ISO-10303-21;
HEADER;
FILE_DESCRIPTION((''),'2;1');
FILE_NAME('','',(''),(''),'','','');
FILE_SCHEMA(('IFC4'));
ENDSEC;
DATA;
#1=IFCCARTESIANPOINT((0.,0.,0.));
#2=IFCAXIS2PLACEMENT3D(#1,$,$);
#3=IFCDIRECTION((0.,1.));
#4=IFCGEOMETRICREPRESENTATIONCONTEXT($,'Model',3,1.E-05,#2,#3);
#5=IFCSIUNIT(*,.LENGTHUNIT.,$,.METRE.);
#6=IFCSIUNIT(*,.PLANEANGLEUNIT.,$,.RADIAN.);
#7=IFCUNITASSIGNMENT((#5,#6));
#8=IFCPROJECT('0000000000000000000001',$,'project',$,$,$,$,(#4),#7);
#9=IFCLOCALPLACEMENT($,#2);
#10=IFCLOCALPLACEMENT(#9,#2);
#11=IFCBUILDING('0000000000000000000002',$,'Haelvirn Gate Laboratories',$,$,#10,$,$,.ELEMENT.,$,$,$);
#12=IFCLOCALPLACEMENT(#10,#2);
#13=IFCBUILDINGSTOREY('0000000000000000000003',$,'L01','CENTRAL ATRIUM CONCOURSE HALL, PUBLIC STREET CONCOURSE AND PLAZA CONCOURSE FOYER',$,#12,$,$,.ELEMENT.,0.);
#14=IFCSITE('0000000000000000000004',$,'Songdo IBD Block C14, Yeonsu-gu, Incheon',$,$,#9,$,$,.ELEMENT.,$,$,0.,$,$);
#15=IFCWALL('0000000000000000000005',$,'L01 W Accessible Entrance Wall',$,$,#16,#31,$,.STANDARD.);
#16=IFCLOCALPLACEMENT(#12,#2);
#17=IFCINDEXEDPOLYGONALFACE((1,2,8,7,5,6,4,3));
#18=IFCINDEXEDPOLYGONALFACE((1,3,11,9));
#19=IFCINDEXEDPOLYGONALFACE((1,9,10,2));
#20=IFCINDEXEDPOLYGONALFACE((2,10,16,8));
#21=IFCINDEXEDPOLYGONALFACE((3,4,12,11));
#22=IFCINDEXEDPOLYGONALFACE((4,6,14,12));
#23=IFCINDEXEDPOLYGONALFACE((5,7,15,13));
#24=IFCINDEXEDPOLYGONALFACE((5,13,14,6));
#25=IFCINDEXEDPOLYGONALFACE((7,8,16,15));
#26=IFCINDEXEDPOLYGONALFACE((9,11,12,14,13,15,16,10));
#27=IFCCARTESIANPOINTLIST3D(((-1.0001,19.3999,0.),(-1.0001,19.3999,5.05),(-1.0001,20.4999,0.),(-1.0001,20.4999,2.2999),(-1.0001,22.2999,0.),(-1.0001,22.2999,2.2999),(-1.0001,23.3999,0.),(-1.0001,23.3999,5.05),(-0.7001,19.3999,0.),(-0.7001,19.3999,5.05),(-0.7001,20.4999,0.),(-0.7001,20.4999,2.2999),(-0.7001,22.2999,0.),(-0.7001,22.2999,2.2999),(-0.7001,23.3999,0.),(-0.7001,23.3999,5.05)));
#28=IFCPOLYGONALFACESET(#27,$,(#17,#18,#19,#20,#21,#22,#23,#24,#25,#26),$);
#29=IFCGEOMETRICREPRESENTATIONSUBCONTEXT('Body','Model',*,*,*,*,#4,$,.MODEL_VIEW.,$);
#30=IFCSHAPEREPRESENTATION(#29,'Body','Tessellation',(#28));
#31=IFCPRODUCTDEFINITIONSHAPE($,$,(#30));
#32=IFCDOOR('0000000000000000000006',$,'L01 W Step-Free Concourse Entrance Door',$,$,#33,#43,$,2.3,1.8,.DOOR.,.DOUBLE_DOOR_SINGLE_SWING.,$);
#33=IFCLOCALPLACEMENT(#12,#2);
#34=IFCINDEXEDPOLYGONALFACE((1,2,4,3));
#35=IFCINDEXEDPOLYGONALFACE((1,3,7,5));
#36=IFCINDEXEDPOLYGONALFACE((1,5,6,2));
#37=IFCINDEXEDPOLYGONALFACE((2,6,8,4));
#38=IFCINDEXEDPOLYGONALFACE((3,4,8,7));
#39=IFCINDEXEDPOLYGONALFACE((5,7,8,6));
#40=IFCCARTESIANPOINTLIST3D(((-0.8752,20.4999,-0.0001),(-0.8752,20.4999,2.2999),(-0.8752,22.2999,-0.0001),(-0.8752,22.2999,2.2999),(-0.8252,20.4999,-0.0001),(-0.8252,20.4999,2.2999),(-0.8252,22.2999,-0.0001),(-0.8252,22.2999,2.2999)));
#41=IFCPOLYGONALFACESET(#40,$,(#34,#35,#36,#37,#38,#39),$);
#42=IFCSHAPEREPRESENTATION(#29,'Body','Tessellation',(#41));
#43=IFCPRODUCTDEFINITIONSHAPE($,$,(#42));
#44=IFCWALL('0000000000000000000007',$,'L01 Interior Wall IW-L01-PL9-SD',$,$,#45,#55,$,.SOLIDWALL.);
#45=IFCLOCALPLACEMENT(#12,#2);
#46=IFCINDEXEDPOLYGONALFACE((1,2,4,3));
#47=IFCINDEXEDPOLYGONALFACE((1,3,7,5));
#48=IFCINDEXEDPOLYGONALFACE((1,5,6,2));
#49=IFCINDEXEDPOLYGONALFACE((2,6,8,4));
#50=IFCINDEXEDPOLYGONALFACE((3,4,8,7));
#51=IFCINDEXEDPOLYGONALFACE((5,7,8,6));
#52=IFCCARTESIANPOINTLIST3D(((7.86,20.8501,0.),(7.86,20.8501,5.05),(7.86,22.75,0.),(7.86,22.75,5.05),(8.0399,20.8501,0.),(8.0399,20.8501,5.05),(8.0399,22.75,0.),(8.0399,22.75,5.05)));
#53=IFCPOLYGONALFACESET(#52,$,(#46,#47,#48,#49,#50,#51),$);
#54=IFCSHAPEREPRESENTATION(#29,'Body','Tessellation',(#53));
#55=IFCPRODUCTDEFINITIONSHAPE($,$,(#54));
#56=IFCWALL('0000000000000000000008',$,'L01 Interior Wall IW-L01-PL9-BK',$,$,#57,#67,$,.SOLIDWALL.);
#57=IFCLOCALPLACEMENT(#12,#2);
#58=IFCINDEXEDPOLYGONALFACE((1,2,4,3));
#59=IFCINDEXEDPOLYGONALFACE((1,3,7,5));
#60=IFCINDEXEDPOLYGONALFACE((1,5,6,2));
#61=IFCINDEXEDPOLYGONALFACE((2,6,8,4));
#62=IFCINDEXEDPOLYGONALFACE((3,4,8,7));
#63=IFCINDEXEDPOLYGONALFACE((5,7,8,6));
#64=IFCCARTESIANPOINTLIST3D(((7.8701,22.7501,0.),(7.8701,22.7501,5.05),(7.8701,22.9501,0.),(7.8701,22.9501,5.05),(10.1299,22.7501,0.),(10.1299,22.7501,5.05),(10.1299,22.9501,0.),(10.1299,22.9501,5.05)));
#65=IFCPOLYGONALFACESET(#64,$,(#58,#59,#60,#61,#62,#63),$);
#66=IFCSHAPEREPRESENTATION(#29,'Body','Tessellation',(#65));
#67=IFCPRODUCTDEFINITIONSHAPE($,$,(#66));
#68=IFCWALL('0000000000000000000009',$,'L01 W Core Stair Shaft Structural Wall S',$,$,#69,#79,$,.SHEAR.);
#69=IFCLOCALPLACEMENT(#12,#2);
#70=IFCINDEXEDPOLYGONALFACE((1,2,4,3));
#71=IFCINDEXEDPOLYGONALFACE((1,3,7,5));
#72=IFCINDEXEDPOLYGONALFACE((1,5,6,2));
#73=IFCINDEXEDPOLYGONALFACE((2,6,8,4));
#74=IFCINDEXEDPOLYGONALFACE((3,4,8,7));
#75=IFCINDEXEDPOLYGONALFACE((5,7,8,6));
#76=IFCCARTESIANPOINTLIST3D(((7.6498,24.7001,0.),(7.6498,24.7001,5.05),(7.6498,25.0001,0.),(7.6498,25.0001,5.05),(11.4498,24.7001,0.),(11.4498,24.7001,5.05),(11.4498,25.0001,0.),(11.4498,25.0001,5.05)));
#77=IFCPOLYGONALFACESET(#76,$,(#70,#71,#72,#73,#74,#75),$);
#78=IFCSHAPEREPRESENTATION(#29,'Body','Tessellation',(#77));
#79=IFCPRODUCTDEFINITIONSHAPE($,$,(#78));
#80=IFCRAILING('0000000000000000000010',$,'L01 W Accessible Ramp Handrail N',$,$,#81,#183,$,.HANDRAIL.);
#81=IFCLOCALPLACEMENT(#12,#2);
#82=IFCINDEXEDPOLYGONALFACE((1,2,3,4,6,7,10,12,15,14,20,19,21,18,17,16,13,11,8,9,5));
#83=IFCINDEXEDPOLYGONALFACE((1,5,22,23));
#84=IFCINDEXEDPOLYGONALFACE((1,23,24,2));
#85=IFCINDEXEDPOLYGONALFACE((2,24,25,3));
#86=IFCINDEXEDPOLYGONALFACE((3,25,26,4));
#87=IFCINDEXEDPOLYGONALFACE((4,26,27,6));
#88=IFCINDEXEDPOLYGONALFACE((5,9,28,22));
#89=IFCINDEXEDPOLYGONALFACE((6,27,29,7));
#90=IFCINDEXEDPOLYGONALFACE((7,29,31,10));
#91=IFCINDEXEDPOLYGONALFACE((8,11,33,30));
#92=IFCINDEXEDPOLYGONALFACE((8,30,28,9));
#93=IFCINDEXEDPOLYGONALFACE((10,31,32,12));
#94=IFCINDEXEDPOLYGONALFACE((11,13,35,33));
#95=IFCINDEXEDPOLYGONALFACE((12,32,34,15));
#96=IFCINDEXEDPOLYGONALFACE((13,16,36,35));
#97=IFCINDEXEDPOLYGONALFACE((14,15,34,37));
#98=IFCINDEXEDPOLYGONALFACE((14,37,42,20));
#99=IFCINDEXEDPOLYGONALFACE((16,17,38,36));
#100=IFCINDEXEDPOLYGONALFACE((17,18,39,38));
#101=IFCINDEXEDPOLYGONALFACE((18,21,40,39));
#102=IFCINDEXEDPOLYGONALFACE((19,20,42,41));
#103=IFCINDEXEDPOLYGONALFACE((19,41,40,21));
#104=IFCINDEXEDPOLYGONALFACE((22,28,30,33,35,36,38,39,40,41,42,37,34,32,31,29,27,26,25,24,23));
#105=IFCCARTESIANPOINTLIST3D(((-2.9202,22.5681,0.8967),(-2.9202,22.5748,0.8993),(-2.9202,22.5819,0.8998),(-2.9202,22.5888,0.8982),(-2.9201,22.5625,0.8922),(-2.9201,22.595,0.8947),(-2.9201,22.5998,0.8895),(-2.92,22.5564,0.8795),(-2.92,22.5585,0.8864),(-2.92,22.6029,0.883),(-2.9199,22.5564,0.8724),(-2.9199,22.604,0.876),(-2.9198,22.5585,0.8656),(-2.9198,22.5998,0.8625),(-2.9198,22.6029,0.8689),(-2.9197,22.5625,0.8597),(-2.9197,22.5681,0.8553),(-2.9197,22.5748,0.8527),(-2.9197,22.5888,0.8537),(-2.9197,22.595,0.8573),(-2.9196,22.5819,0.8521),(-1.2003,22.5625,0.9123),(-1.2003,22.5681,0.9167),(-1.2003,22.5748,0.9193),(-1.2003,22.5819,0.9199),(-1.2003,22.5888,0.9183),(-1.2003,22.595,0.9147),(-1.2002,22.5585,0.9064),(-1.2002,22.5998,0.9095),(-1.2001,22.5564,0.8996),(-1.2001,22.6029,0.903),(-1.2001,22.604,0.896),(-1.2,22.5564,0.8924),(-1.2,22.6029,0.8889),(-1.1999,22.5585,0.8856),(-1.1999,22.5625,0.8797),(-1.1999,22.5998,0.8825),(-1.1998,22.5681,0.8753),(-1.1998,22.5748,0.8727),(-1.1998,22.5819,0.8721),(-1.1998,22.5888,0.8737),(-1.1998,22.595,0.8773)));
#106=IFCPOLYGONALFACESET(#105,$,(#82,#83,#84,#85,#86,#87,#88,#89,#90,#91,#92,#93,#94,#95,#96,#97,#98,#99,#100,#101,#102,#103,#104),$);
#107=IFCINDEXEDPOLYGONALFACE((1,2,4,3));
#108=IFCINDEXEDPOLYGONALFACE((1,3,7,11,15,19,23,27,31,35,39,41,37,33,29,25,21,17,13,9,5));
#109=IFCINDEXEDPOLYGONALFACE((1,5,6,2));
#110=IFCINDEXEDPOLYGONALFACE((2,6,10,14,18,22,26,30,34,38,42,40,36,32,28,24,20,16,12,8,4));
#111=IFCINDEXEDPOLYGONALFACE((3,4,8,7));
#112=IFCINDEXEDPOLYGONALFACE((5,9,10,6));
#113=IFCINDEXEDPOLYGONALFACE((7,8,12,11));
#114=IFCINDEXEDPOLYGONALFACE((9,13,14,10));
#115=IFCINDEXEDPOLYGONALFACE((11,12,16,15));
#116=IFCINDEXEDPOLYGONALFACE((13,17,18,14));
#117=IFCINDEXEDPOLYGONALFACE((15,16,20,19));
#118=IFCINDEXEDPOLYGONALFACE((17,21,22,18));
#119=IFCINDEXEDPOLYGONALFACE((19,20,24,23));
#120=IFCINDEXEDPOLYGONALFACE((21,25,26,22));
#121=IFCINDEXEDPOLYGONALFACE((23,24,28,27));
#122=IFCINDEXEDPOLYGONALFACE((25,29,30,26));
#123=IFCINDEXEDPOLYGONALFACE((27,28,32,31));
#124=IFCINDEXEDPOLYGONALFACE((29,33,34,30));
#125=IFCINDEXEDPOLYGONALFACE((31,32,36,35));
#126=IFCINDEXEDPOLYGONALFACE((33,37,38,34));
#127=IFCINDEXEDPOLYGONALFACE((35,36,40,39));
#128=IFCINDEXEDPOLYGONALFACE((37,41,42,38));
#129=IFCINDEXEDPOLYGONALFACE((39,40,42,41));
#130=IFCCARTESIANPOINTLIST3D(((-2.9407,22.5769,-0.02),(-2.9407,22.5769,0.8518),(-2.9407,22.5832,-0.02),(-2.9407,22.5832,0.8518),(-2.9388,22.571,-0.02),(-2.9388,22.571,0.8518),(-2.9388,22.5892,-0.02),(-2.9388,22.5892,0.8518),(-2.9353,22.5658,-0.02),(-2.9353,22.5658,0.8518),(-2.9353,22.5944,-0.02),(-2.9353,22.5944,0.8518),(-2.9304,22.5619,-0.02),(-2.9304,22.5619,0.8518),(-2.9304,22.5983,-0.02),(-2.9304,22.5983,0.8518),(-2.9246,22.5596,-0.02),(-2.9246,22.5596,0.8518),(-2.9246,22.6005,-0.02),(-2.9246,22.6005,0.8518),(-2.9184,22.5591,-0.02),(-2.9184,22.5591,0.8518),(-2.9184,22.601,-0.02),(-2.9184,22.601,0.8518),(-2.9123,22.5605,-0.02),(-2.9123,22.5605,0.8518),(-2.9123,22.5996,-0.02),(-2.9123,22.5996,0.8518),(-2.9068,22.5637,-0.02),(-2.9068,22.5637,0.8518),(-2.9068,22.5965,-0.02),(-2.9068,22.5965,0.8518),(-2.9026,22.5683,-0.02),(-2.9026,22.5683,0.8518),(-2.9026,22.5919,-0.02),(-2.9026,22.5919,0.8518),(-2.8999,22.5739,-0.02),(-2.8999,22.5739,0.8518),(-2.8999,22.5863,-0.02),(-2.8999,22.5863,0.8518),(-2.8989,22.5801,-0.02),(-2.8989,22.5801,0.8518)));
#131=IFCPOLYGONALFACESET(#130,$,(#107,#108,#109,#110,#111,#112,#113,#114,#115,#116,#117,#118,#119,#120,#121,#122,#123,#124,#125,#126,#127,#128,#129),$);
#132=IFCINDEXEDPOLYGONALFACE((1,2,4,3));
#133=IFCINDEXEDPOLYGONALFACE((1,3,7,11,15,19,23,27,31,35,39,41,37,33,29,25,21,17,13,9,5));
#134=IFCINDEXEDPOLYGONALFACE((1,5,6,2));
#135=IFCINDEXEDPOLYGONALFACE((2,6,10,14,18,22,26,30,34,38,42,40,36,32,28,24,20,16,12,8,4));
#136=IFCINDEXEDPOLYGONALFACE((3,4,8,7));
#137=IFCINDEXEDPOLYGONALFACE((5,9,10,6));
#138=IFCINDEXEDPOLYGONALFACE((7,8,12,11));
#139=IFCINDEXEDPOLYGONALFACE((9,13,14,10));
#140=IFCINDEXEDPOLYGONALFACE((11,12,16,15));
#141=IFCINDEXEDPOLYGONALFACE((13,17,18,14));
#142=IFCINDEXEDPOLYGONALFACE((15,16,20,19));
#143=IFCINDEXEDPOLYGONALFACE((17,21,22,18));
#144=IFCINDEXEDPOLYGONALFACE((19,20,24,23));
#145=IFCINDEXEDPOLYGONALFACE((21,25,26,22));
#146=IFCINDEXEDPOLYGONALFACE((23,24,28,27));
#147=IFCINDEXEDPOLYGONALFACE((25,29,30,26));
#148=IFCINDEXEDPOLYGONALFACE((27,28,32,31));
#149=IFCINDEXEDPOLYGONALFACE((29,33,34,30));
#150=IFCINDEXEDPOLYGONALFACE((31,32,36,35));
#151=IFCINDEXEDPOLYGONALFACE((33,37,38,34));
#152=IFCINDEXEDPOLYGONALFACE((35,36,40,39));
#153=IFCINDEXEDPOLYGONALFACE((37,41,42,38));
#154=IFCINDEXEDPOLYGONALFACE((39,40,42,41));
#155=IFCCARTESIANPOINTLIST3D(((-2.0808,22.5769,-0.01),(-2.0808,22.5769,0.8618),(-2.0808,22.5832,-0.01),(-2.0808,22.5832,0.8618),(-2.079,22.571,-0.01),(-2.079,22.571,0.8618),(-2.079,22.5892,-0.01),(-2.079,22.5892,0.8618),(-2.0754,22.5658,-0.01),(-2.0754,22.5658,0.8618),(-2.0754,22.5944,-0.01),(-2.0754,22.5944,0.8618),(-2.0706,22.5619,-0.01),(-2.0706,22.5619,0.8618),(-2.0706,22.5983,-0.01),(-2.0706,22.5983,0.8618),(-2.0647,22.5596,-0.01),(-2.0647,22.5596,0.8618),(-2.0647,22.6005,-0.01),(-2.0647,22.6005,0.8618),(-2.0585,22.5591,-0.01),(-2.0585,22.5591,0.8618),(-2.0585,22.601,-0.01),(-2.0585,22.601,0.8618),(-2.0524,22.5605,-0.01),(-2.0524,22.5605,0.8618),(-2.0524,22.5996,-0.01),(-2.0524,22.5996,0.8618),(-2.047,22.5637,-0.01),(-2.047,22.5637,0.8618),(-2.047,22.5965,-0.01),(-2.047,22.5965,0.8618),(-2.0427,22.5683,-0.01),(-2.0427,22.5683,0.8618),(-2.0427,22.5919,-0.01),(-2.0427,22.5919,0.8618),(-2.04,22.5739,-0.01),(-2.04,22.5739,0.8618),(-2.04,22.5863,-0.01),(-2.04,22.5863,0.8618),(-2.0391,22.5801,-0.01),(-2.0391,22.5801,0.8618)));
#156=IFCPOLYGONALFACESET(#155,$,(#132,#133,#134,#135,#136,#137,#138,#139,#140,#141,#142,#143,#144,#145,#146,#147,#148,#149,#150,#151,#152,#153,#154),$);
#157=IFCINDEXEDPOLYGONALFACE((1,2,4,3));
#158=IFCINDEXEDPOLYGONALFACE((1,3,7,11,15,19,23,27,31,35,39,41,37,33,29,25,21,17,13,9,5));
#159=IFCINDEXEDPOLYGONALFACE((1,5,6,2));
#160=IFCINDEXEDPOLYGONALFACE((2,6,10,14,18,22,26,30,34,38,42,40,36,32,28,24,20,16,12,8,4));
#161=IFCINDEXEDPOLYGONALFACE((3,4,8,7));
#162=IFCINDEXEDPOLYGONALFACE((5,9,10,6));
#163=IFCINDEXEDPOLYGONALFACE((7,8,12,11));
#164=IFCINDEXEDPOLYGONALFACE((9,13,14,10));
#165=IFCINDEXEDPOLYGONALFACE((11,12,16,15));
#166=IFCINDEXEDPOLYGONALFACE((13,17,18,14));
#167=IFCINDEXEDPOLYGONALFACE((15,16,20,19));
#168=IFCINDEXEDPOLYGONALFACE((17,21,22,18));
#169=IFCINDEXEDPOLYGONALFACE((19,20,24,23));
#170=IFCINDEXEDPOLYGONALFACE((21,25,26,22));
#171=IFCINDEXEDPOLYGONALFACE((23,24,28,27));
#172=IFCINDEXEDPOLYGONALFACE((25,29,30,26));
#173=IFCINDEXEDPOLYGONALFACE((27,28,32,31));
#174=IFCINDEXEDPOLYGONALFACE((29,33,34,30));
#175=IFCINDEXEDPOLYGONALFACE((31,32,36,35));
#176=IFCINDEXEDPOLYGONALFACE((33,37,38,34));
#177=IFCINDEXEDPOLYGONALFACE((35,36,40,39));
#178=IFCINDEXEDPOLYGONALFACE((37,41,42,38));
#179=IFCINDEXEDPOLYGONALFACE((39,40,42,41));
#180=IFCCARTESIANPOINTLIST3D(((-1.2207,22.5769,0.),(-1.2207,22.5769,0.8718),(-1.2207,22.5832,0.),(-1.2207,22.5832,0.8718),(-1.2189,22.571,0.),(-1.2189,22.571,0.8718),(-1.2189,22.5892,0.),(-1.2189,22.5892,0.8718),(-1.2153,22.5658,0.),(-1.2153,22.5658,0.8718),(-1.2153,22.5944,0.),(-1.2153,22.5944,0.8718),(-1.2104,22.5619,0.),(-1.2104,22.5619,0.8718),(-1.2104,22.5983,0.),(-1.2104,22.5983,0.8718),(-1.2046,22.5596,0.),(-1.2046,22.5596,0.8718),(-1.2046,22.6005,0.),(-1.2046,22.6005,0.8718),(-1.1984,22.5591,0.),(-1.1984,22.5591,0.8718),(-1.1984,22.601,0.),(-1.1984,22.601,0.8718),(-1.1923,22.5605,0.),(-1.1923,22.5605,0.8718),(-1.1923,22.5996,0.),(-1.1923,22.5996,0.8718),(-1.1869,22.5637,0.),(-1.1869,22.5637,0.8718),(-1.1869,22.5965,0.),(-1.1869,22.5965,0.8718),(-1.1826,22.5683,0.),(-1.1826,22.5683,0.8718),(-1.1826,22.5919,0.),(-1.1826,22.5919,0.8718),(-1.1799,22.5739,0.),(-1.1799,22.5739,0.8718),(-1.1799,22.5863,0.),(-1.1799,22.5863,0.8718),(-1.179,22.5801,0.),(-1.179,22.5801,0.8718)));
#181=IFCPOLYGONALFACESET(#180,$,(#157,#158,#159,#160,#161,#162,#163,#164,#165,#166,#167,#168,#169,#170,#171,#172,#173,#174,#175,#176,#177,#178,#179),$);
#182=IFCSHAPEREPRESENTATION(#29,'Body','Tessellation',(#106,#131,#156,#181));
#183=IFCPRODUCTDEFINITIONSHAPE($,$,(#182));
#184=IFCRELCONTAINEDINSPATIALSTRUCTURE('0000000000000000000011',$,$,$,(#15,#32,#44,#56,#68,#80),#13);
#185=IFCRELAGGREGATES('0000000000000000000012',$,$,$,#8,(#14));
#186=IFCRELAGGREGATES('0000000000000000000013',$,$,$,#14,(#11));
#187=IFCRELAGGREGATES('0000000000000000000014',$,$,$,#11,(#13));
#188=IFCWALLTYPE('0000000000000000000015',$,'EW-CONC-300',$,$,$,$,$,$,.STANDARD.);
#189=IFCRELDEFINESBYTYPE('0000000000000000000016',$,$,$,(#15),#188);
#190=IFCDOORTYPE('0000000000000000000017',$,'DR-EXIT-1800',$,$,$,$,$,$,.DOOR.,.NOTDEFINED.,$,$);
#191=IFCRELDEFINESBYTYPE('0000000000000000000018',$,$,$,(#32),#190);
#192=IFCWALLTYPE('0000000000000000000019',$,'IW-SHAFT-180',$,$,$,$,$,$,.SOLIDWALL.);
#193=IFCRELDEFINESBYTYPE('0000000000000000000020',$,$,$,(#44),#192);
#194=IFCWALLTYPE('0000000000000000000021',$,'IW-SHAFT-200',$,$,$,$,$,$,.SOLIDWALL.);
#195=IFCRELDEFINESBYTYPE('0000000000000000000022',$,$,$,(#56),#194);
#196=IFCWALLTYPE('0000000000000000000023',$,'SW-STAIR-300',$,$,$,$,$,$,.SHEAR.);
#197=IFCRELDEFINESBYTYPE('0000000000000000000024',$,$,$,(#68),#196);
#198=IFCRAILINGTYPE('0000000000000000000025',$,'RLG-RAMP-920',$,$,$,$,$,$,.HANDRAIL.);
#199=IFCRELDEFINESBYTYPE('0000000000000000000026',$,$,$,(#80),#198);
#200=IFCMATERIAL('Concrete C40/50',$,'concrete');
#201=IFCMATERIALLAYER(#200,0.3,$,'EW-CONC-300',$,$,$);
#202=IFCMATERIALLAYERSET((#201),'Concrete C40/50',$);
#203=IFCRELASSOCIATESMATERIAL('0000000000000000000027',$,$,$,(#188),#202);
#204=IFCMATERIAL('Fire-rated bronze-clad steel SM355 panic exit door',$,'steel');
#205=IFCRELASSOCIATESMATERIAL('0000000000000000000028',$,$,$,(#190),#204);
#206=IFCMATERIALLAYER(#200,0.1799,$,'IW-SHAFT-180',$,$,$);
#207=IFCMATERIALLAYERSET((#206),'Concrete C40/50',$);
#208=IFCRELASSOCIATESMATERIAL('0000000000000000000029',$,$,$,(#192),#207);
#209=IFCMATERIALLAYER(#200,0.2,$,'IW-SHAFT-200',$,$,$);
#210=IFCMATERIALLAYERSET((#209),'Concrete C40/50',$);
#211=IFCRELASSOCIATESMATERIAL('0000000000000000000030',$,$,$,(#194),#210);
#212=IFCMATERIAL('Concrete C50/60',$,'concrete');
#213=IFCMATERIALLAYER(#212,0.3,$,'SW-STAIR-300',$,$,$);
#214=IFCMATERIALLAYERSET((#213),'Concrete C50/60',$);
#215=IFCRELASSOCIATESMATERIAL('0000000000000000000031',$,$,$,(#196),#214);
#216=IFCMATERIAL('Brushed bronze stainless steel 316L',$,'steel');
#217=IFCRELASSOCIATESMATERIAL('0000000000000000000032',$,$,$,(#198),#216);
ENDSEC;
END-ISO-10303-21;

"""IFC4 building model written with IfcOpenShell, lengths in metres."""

from ifc_helpers import new_model, si_unit, direction, frame, frame_2d, origin, origin_2d, place, context, subcontext, project, spatial, rectangle, circle, extrude, source, transform, mapped, material, layer, layer_set, type_object, type_shapes, element, fill, save


model = new_model("IFC4")

# Units and contexts
model_context = context("Model", 3, precision=1e-05, world=origin(), true_north=direction((0.0, 1.0)))
body_context = subcontext(model_context, "Body", "Model", "MODEL_VIEW")
ifc_project = project(units=[si_unit("LENGTHUNIT", "METRE"), si_unit("PLANEANGLEUNIT", "RADIAN")], contexts=[model_context])

# Site, building, storey
site_placement = place(None, origin())
site = spatial("IfcSite", under=ifc_project, at=site_placement, Name="Songdo IBD Block C14, Yeonsu-gu, Incheon", CompositionType="ELEMENT", RefElevation=0.0)
building_placement = place(site_placement, origin())
building = spatial("IfcBuilding", under=site, at=building_placement, Name="Haelvirn Gate Laboratories", CompositionType="ELEMENT")
storey_placement = place(building_placement, origin())
storey = spatial("IfcBuildingStorey", under=building, at=storey_placement, Name="L01", Description="CENTRAL ATRIUM CONCOURSE HALL, PUBLIC STREET CONCOURSE AND PLAZA CONCOURSE FOYER", CompositionType="ELEMENT", Elevation=0.0)

# Wall, opening, door
ifc_material_1 = material(Name="Concrete C40/50", Category="concrete")
ifc_layer_1 = layer(ifc_material_1, 0.3, Name="EW-CONC-300")
ifc_layer_set_1 = layer_set([ifc_layer_1], Name="Concrete C40/50")
wall_type_1 = type_object("IfcWallType", Name="EW-CONC-300", PredefinedType="STANDARD", material=ifc_layer_set_1)
wall_1_placement = place(storey_placement, frame((-0.8501, 23.3999, 0.0), z_axis=(0.0, 0.0, 1.0), x_axis=(0.0, -1.0, 0.0)))
wall_1 = element("IfcWall", 1, at=wall_1_placement, inside=storey, type_object=wall_type_1, Name="L01 W Accessible Entrance Wall", PredefinedType="STANDARD", context=body_context, shape_type="SweptSolid", body=[
    extrude(rectangle(XDim=4.0, YDim=0.3, at=frame_2d((2.0, 0.0))), origin(), (0.0, 0.0, 1.0), 5.05),
])
opening_1_placement = place(wall_1_placement, frame((1.1001, 0.0, 0.0)))
opening_1 = element("IfcOpeningElement", 2, at=opening_1_placement, cuts=wall_1, PredefinedType="OPENING", context=body_context, shape_type="SweptSolid", body=[
    extrude(rectangle(XDim=1.8, YDim=2.3, at=frame_2d((0.8999, 1.1499))), frame((0.0, 0.1602, 0.0), z_axis=(0.0, -1.0, 0.0), x_axis=(1.0, 0.0, 0.0)), (0.0, 0.0, 1.0), 0.3201),
])
ifc_material_2 = material(Name="Fire-rated bronze-clad steel SM355 panic exit door", Category="steel")
door_type_1 = type_object("IfcDoorType", Name="DR-EXIT-1800", OperationType="NOTDEFINED", PredefinedType="DOOR", material=ifc_material_2)
shared_shape_1 = source(origin(), body_context, "Body", "SweptSolid", [
    extrude(rectangle(XDim=1.8, YDim=2.3, at=frame_2d((0.8999, 1.1499))), frame((0.0, 0.0249, 0.0), z_axis=(0.0, -1.0, 0.0), x_axis=(1.0, 0.0, 0.0)), (0.0, 0.0, 1.0), 0.05),
])
type_shapes(door_type_1, [shared_shape_1])
door_1_placement = place(opening_1_placement, origin())
door_1 = element("IfcDoor", 3, at=door_1_placement, inside=storey, type_object=door_type_1, Name="L01 W Step-Free Concourse Entrance Door", OperationType="DOUBLE_DOOR_SINGLE_SWING", OverallHeight=2.3, OverallWidth=1.8, PredefinedType="DOOR", context=body_context, shape_type="MappedRepresentation", body=[
    mapped(shared_shape_1, transform((0.0, 0.0, 0.0), scale=1.0)),
])
fill(opening_1, door_1)

# Walls
ifc_layer_2 = layer(ifc_material_1, 0.1799, Name="IW-SHAFT-180")
ifc_layer_set_2 = layer_set([ifc_layer_2], Name="Concrete C40/50")
wall_type_2 = type_object("IfcWallType", Name="IW-SHAFT-180", PredefinedType="SOLIDWALL", material=ifc_layer_set_2)
wall_2_placement = place(storey_placement, frame((7.95, 20.8501, 0.0), z_axis=(0.0, 0.0, 1.0), x_axis=(0.0, 1.0, 0.0)))
element("IfcWall", 4, at=wall_2_placement, inside=storey, type_object=wall_type_2, Name="L01 Interior Wall IW-L01-PL9-SD", PredefinedType="SOLIDWALL", context=body_context, shape_type="SweptSolid", body=[
    extrude(rectangle(XDim=1.8999, YDim=0.1799, at=frame_2d((0.95, 0.0))), origin(), (0.0, 0.0, 1.0), 5.05),
])
ifc_layer_3 = layer(ifc_material_1, 0.2, Name="IW-SHAFT-200")
ifc_layer_set_3 = layer_set([ifc_layer_3], Name="Concrete C40/50")
wall_type_3 = type_object("IfcWallType", Name="IW-SHAFT-200", PredefinedType="SOLIDWALL", material=ifc_layer_set_3)
wall_3_placement = place(storey_placement, frame((7.8701, 22.8501, 0.0), z_axis=(0.0, 0.0, 1.0), x_axis=(1.0, 0.0, 0.0)))
element("IfcWall", 5, at=wall_3_placement, inside=storey, type_object=wall_type_3, Name="L01 Interior Wall IW-L01-PL9-BK", PredefinedType="SOLIDWALL", context=body_context, shape_type="SweptSolid", body=[
    extrude(rectangle(XDim=2.2598, YDim=0.2, at=frame_2d((1.1299, 0.0))), origin(), (0.0, 0.0, 1.0), 5.05),
])

# Wall
ifc_material_3 = material(Name="Concrete C50/60", Category="concrete")
ifc_layer_4 = layer(ifc_material_3, 0.3, Name="SW-STAIR-300")
ifc_layer_set_4 = layer_set([ifc_layer_4], Name="Concrete C50/60")
wall_type_4 = type_object("IfcWallType", Name="SW-STAIR-300", PredefinedType="SHEAR", material=ifc_layer_set_4)
wall_4_placement = place(storey_placement, frame((7.6499, 24.8501, 0.0), z_axis=(0.0, 0.0, 1.0), x_axis=(1.0, 0.0, 0.0)))
element("IfcWall", 6, at=wall_4_placement, inside=storey, type_object=wall_type_4, Name="L01 W Core Stair Shaft Structural Wall S", PredefinedType="SHEAR", context=body_context, shape_type="SweptSolid", body=[
    extrude(rectangle(XDim=3.8, YDim=0.3, at=frame_2d((1.8999, 0.0))), origin(), (0.0, 0.0, 1.0), 5.05),
])

# Railing
ifc_material_4 = material(Name="Brushed bronze stainless steel 316L", Category="steel")
railing_type_1 = type_object("IfcRailingType", Name="RLG-RAMP-920", PredefinedType="HANDRAIL", material=ifc_material_4)
shared_shape_2 = source(origin(), body_context, "Body", "SweptSolid", [
    extrude(circle(Radius=0.0239, at=origin_2d()), frame((0.0, 0.0, 0.896), z_axis=(0.999932, 0.0, 0.011639), x_axis=(0.0, 1.0, 0.0)), (0.0, 0.0, 1.0), 1.72),
    extrude(circle(Radius=0.021, at=origin_2d()), origin(), (0.0, 0.0, 1.0), 0.8718),
    extrude(circle(Radius=0.021, at=origin_2d()), frame((0.8599, 0.0, 0.01)), (0.0, 0.0, 1.0), 0.8718),
    extrude(circle(Radius=0.021, at=origin_2d()), frame((1.72, 0.0, 0.02)), (0.0, 0.0, 1.0), 0.8718),
])
type_shapes(railing_type_1, [shared_shape_2])
railing_1_placement = place(storey_placement, frame((-2.9199, 22.5801, -0.02)))
element("IfcRailing", 7, at=railing_1_placement, inside=storey, type_object=railing_type_1, Name="L01 W Accessible Ramp Handrail N", PredefinedType="HANDRAIL", context=body_context, shape_type="MappedRepresentation", body=[
    mapped(shared_shape_2, transform((0.0, 0.0, 0.0), scale=1.0)),
])

save(model, "model.ifc")
